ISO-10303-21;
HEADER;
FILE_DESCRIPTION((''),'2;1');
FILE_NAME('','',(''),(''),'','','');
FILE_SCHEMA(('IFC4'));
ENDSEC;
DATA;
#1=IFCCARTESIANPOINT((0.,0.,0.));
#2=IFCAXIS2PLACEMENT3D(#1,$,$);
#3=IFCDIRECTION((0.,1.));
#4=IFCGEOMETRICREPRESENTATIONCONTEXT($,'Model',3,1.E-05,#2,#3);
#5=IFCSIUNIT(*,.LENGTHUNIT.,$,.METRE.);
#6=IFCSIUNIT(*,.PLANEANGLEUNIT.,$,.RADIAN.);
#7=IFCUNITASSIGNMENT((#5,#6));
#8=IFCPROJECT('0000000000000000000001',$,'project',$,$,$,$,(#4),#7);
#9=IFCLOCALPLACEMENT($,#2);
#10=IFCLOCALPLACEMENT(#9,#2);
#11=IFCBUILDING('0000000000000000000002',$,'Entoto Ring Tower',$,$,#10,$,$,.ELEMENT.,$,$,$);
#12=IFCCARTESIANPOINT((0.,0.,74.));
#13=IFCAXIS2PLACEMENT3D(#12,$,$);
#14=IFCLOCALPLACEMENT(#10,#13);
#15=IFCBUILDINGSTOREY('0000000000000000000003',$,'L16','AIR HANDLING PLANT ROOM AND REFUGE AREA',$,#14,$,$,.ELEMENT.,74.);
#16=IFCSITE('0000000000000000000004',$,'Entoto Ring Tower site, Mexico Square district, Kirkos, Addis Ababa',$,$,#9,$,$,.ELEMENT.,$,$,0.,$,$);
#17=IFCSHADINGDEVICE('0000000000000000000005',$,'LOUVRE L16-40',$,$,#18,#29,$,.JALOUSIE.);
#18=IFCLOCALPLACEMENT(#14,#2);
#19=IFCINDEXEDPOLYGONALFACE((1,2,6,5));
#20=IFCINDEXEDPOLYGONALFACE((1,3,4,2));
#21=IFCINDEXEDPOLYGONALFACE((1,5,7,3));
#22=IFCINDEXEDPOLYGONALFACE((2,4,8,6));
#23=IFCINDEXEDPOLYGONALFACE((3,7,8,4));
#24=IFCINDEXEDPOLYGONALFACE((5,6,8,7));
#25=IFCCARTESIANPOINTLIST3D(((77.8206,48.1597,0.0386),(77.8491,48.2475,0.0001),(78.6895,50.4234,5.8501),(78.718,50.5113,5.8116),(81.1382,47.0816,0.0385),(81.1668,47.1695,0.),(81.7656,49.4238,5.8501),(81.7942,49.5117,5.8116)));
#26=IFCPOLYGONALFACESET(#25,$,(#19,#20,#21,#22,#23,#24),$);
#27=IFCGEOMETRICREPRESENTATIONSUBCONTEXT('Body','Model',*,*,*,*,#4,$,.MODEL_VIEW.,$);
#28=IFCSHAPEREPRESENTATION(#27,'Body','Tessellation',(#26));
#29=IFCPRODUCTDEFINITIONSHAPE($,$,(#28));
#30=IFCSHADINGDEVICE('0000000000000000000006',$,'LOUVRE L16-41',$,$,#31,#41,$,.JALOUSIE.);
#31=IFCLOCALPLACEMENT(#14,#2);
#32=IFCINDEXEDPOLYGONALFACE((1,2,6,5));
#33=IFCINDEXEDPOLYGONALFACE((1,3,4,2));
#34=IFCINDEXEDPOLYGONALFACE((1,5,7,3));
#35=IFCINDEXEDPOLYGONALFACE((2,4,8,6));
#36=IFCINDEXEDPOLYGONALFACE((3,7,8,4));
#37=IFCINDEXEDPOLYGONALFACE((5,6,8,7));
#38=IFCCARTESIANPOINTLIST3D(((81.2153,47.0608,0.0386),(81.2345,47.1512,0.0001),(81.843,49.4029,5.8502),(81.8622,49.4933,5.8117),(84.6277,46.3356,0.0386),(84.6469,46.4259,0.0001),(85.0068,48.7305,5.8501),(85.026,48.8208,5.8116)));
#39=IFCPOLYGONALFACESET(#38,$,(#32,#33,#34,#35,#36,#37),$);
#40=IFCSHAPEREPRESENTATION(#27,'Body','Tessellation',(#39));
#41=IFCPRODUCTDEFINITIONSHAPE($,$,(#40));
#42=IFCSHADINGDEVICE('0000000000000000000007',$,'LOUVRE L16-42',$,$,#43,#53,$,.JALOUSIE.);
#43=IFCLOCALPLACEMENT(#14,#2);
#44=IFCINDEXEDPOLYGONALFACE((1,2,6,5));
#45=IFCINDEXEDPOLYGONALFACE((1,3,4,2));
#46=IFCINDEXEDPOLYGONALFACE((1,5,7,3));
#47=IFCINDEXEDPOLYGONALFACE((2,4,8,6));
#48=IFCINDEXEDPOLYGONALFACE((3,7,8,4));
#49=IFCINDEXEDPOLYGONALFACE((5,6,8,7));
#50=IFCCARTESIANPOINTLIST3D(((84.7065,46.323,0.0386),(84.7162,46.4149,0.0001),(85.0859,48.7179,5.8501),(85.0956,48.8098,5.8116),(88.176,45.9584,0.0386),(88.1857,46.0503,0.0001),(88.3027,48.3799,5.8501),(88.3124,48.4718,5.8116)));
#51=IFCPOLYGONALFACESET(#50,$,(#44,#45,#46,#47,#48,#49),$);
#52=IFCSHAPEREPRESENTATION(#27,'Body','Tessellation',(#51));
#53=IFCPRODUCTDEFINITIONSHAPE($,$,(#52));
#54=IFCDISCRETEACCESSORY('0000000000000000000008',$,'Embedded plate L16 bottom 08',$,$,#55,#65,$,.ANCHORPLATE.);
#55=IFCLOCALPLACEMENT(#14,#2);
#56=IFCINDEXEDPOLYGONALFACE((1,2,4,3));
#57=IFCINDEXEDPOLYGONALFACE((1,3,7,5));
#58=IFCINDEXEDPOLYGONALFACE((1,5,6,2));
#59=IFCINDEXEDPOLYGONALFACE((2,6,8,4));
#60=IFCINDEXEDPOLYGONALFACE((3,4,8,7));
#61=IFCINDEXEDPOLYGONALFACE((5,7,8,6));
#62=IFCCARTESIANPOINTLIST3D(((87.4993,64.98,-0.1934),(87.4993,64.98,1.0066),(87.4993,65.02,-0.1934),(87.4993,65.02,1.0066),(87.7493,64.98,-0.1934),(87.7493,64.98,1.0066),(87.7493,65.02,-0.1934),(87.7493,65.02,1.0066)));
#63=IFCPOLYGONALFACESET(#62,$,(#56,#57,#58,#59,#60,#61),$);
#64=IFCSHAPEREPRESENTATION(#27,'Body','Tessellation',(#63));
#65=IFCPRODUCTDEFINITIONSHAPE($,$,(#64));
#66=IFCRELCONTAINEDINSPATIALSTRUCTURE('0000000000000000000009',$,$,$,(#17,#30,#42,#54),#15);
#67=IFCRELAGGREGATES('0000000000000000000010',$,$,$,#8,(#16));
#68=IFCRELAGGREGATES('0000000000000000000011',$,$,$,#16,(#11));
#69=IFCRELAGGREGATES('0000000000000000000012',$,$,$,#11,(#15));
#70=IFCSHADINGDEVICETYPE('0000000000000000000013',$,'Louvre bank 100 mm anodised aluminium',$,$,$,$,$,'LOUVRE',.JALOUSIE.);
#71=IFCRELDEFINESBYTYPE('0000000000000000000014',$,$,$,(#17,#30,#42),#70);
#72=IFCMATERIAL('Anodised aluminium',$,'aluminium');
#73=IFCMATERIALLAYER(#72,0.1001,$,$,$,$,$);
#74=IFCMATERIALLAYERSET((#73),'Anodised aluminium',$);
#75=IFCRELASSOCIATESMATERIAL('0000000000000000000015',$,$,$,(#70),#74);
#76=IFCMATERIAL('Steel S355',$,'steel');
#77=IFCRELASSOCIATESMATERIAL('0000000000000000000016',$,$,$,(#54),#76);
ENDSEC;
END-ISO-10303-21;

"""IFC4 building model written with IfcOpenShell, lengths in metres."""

from ifc_helpers import new_model, si_unit, direction, frame, origin, origin_2d, place, context, subcontext, project, spatial, polyline, rectangle, outline, extrude, material, layer, layer_set, type_object, element, save


model = new_model("IFC4")

# Units and contexts
model_context = context("Model", 3, precision=1e-05, world=origin(), true_north=direction((0.0, 1.0)))
body_context = subcontext(model_context, "Body", "Model", "MODEL_VIEW")
ifc_project = project(units=[si_unit("LENGTHUNIT", "METRE"), si_unit("PLANEANGLEUNIT", "RADIAN")], contexts=[model_context])

# Site, building, storey
site_placement = place(None, origin())
site = spatial("IfcSite", under=ifc_project, at=site_placement, Name="Entoto Ring Tower site, Mexico Square district, Kirkos, Addis Ababa", CompositionType="ELEMENT", RefElevation=0.0)
building_placement = place(site_placement, origin())
building = spatial("IfcBuilding", under=site, at=building_placement, Name="Entoto Ring Tower", CompositionType="ELEMENT")
storey_placement = place(building_placement, frame((0.0, 0.0, 74.0)))
storey = spatial("IfcBuildingStorey", under=building, at=storey_placement, Name="L16", Description="AIR HANDLING PLANT ROOM AND REFUGE AREA", CompositionType="ELEMENT", Elevation=74.0)

# Shading devices
ifc_material_1 = material(Name="Anodised aluminium", Category="aluminium")
ifc_layer_1 = layer(ifc_material_1, 0.1001)
ifc_layer_set_1 = layer_set([ifc_layer_1], Name="Anodised aluminium")
shading_device_type = type_object("IfcShadingDeviceType", Name="Louvre bank 100 mm anodised aluminium", ElementType="LOUVRE", PredefinedType="JALOUSIE", material=ifc_layer_set_1)
shading_device_1_placement = place(storey_placement, frame((77.8206, 48.1597, 0.0386), z_axis=(-0.285267, -0.877892, 0.384614), x_axis=(0.951048, -0.309042, -0.000007)))
element("IfcShadingDevice", 1, at=shading_device_1_placement, inside=storey, type_object=shading_device_type, Name="LOUVRE L16-40", PredefinedType="JALOUSIE", context=body_context, shape_type="SweptSolid", body=[
    extrude(outline(polyline([(0.0, 0.0), (3.4884, 0.0), (3.3612, 6.2958), (0.1267, 6.2958), (0.0, 0.0)])), origin(), (0.0, 0.0, -1.0), 0.1001),
])
shading_device_2_placement = place(storey_placement, frame((81.2153, 47.0608, 0.0386), z_axis=(-0.191905, -0.90291, 0.384611), x_axis=(0.978152, -0.20789, 0.000017)))
element("IfcShadingDevice", 2, at=shading_device_2_placement, inside=storey, type_object=shading_device_type, Name="LOUVRE L16-41", PredefinedType="JALOUSIE", context=body_context, shape_type="SweptSolid", body=[
    extrude(outline(polyline([(0.0, 0.0), (3.4885, 0.0), (3.3617, 6.2957), (0.1271, 6.2959), (0.0, 0.0)])), origin(), (0.0, 0.0, -1.0), 0.1001),
])
shading_device_3_placement = place(storey_placement, frame((84.7065, 46.323, 0.0386), z_axis=(-0.096472, -0.918022, 0.384615), x_axis=(0.994524, -0.104507, 0.000009)))
element("IfcShadingDevice", 3, at=shading_device_3_placement, inside=storey, type_object=shading_device_type, Name="LOUVRE L16-42", PredefinedType="JALOUSIE", context=body_context, shape_type="SweptSolid", body=[
    extrude(outline(polyline([(0.0, 0.0), (3.4886, 0.0), (3.3616, 6.2958), (0.1271, 6.2958), (0.0, 0.0)])), origin(), (0.0, 0.0, -1.0), 0.1001),
])

# Discrete accessory
ifc_material_2 = material(Name="Steel S355", Category="steel")
discrete_accessory_placement = place(storey_placement, frame((87.6243, 65.0, -0.1934), z_axis=(0.0, 0.0, 1.0), x_axis=(0.0, -1.0, 0.0)))
element("IfcDiscreteAccessory", 4, at=discrete_accessory_placement, inside=storey, material=ifc_material_2, Name="Embedded plate L16 bottom 08", PredefinedType="ANCHORPLATE", context=body_context, shape_type="SweptSolid", body=[
    extrude(rectangle(XDim=0.04, YDim=0.25, at=origin_2d()), origin(), (0.0, 0.0, 1.0), 1.2),
])

save(model, "model.ifc")
